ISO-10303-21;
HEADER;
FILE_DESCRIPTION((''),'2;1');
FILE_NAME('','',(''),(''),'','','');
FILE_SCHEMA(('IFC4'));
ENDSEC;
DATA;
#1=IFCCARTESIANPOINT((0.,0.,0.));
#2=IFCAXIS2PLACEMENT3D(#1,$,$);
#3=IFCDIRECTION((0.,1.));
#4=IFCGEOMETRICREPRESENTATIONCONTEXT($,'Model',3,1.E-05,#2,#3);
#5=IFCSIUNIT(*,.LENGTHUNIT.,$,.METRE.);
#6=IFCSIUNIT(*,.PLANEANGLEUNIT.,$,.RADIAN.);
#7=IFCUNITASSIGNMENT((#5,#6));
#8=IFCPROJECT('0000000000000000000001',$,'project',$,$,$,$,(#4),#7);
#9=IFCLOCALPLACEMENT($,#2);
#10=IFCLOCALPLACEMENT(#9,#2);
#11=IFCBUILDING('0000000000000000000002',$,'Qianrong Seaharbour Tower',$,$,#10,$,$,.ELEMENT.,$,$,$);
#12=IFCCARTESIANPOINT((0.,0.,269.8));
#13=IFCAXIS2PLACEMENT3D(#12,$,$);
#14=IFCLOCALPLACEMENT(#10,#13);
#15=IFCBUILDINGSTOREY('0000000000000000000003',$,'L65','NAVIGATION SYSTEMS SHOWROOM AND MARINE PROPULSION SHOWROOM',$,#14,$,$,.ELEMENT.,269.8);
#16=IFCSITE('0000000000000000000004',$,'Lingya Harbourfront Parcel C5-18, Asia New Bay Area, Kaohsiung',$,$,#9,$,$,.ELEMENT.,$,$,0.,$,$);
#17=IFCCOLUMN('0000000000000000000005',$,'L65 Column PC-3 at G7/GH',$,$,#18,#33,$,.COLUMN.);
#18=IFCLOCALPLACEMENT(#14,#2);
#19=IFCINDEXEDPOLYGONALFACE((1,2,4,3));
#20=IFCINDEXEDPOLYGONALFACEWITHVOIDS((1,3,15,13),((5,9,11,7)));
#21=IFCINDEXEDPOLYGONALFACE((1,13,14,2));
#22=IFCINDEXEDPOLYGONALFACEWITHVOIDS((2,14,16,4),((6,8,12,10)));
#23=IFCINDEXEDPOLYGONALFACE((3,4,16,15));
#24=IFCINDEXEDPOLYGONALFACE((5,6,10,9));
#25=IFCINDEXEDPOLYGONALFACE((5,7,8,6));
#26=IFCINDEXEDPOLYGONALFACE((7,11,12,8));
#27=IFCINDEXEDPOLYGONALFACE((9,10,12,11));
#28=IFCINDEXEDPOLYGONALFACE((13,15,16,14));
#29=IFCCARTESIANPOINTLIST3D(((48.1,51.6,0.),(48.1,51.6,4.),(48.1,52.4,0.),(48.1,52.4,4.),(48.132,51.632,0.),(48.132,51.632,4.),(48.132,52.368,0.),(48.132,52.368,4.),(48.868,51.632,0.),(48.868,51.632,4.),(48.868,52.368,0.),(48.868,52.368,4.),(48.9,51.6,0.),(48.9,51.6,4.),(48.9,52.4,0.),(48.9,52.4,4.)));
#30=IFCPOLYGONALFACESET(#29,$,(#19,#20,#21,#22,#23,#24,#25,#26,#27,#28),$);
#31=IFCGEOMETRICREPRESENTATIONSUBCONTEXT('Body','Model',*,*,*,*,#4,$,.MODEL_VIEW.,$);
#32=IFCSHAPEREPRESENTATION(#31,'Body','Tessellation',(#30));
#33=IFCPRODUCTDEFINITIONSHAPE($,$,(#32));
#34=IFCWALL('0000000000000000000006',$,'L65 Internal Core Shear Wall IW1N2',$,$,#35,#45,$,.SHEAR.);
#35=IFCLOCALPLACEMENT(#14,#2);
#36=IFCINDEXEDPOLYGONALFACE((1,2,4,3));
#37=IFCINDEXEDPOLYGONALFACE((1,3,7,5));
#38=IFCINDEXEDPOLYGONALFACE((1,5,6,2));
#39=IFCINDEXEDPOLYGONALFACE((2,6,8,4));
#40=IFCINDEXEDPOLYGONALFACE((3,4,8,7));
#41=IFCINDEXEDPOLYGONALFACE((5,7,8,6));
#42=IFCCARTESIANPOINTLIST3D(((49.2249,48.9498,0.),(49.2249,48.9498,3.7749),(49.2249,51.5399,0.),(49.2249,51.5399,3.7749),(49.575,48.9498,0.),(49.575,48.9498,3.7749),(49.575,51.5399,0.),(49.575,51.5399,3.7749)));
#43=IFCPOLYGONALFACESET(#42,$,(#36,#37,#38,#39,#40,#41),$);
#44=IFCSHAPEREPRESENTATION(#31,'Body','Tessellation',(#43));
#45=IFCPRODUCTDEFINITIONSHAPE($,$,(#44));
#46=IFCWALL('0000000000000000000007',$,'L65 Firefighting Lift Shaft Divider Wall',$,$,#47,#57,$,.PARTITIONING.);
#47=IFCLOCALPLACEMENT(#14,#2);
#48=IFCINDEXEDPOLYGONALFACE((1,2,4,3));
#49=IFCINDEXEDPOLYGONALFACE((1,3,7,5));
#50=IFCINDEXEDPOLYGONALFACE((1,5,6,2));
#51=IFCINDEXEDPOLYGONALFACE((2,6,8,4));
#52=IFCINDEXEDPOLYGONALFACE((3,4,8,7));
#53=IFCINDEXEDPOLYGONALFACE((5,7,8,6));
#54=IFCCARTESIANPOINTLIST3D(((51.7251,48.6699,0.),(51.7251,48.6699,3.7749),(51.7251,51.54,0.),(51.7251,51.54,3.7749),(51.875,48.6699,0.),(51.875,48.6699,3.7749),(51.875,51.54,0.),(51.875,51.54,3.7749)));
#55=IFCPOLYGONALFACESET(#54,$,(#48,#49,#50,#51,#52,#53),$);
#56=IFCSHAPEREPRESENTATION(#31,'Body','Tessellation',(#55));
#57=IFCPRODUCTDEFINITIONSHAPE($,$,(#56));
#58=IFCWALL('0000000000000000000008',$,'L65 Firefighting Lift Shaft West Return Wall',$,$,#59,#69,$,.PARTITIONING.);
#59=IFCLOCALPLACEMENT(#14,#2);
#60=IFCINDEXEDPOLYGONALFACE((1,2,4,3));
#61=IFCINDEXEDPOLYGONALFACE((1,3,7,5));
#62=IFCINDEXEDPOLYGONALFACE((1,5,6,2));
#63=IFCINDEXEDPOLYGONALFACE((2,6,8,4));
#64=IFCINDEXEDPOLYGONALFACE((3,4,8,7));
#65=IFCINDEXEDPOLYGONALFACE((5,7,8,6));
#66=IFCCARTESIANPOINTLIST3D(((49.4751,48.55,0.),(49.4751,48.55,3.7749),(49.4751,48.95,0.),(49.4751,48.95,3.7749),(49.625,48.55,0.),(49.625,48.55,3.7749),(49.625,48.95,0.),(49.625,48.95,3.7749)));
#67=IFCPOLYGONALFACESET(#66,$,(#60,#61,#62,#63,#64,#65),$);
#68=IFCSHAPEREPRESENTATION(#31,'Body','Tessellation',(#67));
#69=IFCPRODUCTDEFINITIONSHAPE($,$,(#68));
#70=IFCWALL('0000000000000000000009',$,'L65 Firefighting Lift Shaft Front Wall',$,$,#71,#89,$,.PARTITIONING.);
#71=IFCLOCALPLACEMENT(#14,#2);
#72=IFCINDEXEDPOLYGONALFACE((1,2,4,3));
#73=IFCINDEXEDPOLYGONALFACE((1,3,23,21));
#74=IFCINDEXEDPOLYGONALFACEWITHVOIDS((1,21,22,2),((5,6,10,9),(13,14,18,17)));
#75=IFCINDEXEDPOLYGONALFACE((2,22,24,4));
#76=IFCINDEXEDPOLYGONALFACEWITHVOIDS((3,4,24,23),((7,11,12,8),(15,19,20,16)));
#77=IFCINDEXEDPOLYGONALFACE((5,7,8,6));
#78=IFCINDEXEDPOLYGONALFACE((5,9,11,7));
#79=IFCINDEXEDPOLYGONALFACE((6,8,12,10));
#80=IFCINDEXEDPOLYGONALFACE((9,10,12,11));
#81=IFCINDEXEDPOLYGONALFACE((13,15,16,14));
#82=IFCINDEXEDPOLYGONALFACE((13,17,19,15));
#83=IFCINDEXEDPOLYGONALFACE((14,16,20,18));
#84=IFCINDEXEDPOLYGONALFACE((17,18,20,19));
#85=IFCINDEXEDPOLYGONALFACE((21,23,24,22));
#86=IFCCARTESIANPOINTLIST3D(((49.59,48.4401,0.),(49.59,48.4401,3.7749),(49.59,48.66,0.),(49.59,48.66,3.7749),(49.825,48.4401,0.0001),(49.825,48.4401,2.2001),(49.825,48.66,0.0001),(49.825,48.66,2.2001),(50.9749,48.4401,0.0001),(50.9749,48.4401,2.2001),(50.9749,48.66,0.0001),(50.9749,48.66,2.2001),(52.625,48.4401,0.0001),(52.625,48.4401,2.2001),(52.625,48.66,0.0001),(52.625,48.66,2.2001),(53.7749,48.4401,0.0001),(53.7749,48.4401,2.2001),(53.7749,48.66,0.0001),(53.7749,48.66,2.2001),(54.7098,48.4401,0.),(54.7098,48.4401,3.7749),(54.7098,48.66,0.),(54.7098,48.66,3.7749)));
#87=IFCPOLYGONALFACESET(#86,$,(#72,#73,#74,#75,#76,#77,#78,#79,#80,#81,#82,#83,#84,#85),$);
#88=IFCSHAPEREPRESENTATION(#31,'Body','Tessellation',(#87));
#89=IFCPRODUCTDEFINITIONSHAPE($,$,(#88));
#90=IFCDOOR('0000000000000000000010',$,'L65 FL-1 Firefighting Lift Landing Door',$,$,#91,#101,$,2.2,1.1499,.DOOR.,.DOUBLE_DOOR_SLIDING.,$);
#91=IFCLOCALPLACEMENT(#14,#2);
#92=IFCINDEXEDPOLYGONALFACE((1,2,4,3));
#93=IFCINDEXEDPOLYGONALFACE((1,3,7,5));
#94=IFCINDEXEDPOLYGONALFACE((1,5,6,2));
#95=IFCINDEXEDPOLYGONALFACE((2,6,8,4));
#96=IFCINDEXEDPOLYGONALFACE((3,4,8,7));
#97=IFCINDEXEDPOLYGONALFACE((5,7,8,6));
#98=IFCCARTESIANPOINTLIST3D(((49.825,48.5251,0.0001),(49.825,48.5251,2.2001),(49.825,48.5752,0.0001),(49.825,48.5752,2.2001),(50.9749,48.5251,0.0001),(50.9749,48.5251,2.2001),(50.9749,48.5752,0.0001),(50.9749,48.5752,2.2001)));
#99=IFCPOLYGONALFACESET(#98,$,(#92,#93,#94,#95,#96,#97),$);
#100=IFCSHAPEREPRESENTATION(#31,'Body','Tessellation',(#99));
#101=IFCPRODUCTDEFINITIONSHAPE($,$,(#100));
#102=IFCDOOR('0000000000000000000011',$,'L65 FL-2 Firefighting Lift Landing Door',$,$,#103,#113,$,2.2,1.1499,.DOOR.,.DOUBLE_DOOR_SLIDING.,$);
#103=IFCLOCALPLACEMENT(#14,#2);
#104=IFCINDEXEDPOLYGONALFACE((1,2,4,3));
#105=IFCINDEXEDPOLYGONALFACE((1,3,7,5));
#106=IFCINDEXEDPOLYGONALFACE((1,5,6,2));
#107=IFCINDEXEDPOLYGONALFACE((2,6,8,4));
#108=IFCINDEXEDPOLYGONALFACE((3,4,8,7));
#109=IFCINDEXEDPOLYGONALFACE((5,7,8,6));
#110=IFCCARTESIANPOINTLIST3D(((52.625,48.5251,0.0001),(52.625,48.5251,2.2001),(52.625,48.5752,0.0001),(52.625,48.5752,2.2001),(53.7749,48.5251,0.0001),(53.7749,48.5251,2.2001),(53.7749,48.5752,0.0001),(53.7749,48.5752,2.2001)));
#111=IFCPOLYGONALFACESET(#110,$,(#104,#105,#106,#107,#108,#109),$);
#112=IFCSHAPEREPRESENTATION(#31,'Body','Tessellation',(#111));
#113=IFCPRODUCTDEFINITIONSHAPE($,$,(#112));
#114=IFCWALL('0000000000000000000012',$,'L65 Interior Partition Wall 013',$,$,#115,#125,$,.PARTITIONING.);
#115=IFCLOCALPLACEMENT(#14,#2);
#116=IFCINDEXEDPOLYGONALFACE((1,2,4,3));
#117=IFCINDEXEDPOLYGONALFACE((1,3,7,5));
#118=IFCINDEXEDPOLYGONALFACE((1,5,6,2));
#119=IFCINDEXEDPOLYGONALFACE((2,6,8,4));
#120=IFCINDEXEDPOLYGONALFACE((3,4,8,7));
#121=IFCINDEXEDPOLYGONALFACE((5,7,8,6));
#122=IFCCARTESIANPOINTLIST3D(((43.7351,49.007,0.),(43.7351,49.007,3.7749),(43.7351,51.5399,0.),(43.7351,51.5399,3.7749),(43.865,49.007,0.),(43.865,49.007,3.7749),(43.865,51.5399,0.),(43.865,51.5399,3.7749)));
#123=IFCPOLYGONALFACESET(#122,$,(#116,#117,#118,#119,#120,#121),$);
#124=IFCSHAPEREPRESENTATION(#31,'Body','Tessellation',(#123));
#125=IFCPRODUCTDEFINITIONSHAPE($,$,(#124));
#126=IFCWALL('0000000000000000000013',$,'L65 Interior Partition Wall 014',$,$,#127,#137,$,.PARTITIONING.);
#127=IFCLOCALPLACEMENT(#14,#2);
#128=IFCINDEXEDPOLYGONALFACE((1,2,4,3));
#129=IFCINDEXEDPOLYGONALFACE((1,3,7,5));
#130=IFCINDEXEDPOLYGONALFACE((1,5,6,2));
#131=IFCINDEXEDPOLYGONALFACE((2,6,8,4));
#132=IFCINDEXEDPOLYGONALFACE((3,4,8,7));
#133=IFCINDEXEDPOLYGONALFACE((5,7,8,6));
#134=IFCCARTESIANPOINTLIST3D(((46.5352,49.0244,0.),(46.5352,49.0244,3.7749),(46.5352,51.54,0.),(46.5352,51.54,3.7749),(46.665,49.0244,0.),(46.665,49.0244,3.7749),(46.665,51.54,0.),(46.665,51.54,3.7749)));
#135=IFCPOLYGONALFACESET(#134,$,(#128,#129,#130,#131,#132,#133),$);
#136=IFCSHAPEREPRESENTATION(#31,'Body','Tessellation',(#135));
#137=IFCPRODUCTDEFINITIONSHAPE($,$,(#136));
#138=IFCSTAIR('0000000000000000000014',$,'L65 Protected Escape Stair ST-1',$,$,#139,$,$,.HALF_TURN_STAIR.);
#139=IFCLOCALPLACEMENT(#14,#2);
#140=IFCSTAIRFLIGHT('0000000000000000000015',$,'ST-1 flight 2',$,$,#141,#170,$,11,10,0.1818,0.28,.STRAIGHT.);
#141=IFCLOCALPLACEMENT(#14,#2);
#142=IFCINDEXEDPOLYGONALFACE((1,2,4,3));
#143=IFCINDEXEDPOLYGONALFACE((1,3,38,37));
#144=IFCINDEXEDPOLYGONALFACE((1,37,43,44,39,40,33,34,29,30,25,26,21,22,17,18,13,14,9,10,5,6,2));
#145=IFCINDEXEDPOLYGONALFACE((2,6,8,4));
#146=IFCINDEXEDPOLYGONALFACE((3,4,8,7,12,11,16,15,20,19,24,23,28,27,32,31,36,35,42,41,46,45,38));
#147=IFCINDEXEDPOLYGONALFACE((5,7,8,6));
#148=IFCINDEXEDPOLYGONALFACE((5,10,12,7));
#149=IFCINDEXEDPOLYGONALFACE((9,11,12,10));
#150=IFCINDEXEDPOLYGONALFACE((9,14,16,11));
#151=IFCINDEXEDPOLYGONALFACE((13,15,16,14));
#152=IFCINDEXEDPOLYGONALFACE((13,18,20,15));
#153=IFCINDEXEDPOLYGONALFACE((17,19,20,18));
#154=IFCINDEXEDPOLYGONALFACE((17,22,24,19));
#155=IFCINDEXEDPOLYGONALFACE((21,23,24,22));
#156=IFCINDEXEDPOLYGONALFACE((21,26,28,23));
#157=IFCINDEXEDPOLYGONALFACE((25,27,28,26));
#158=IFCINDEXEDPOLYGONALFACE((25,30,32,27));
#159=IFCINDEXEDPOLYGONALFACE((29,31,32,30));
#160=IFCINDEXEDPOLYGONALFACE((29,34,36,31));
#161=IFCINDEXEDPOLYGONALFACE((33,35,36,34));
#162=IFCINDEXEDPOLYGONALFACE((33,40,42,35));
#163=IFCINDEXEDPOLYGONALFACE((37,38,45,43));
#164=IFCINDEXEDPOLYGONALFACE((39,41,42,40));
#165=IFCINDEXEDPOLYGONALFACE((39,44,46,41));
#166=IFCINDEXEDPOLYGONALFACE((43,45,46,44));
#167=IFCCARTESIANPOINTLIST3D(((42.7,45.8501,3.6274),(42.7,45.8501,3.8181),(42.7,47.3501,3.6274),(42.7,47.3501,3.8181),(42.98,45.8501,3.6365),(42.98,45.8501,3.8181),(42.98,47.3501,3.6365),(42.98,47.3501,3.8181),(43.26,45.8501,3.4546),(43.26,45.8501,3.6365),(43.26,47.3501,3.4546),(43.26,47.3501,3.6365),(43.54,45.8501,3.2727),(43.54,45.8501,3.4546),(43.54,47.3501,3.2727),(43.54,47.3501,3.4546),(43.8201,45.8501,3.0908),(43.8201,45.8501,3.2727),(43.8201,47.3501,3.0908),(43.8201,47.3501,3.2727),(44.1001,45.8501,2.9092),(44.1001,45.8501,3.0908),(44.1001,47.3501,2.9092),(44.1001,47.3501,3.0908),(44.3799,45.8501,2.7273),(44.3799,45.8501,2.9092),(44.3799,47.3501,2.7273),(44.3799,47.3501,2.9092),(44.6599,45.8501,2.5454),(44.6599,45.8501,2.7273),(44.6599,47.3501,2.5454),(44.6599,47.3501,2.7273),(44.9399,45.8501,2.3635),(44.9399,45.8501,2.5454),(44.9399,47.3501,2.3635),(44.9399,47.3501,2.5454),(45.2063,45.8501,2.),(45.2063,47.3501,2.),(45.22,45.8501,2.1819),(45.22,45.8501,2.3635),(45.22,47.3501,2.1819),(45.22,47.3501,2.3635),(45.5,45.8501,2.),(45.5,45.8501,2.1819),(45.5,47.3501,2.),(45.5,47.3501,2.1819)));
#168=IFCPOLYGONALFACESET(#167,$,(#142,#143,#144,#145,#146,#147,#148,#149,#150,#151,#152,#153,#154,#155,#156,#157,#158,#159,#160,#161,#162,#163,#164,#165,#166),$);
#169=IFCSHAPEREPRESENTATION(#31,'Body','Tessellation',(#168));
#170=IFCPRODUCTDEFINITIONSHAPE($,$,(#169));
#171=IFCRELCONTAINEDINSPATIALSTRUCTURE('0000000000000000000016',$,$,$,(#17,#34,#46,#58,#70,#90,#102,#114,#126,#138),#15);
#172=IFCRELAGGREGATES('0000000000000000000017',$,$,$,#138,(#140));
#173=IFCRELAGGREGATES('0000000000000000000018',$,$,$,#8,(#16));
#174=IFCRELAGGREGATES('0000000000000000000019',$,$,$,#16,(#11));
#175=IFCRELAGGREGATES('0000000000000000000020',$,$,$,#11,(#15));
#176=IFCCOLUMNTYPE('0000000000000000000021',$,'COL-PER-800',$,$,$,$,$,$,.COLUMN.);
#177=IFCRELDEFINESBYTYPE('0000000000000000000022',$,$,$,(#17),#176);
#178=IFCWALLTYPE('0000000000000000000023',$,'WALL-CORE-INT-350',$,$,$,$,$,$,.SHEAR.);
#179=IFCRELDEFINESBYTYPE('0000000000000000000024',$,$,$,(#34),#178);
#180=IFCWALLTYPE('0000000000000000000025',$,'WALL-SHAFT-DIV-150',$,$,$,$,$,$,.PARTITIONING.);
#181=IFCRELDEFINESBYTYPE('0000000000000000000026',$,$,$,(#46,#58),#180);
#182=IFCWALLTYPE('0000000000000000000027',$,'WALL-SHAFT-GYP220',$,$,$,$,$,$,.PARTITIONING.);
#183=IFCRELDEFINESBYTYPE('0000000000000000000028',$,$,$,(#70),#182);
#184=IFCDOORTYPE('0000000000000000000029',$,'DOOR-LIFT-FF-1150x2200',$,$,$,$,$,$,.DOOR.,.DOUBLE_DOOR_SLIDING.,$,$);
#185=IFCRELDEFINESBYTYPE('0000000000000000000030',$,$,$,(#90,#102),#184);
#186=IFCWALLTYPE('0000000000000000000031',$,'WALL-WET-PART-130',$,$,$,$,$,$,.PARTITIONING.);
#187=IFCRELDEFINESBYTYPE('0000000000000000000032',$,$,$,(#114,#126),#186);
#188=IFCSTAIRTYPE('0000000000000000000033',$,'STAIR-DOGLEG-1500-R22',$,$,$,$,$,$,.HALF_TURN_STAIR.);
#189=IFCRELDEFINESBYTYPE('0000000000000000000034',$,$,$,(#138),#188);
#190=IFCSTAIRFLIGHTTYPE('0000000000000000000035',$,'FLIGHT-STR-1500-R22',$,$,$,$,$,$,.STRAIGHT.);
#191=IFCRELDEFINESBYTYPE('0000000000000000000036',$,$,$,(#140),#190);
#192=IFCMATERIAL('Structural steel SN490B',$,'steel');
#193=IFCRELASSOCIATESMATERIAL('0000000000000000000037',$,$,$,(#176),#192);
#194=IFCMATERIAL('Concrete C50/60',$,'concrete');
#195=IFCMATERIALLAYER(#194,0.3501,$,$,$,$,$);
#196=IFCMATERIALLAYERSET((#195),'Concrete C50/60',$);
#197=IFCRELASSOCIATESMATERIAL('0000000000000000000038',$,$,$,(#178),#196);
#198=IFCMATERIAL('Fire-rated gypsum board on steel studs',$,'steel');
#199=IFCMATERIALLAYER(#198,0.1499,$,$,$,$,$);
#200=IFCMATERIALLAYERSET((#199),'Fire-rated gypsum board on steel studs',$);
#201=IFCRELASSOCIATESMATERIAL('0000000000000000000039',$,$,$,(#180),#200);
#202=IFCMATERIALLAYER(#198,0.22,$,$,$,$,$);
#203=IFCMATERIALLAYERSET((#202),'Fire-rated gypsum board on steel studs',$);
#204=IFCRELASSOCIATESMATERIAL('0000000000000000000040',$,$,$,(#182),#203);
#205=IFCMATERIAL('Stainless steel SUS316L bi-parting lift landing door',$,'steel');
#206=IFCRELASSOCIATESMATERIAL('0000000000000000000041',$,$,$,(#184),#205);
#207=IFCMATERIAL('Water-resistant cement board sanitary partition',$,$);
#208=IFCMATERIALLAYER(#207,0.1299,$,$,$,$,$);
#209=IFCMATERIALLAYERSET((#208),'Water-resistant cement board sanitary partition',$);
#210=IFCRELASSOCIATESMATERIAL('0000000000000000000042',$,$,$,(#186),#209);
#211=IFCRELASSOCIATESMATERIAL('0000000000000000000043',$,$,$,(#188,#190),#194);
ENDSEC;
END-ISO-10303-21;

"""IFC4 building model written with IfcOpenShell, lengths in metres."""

from ifc_helpers import new_model, si_unit, direction, frame, frame_2d, origin, origin_2d, place, context, subcontext, project, spatial, polyline, rectangle, hollow_rectangle, outline, extrude, material, layer, layer_set, material_profile, profile_set, type_object, element, fill, aggregate, save


model = new_model("IFC4")

# Units and contexts
model_context = context("Model", 3, precision=1e-05, world=origin(), true_north=direction((0.0, 1.0)))
body_context = subcontext(model_context, "Body", "Model", "MODEL_VIEW")
ifc_project = project(units=[si_unit("LENGTHUNIT", "METRE"), si_unit("PLANEANGLEUNIT", "RADIAN")], contexts=[model_context])

# Site, building, storey
site_placement = place(None, origin())
site = spatial("IfcSite", under=ifc_project, at=site_placement, Name="Lingya Harbourfront Parcel C5-18, Asia New Bay Area, Kaohsiung", CompositionType="ELEMENT", RefElevation=0.0)
building_placement = place(site_placement, origin())
building = spatial("IfcBuilding", under=site, at=building_placement, Name="Qianrong Seaharbour Tower", CompositionType="ELEMENT")
storey_placement = place(building_placement, frame((0.0, 0.0, 269.8)))
storey = spatial("IfcBuildingStorey", under=building, at=storey_placement, Name="L65", Description="NAVIGATION SYSTEMS SHOWROOM AND MARINE PROPULSION SHOWROOM", CompositionType="ELEMENT", Elevation=269.8)

# Column
ifc_material_1 = material(Name="Structural steel SN490B", Category="steel")
ifc_material_profile = material_profile(ifc_material_1, hollow_rectangle(XDim=0.8, YDim=0.8, WallThickness=0.032, at=origin_2d()), Name="BOX800x800x32")
ifc_profile_set = profile_set([ifc_material_profile], Name="Structural steel SN490B")
column_type = type_object("IfcColumnType", Name="COL-PER-800", PredefinedType="COLUMN", material=ifc_profile_set)
column_placement = place(storey_placement, frame((48.5, 52.0, 0.0), z_axis=(0.0, 0.0, 1.0), x_axis=(1.0, 0.0, 0.0)))
element("IfcColumn", 1, at=column_placement, inside=storey, type_object=column_type, Name="L65 Column PC-3 at G7/GH", PredefinedType="COLUMN", context=body_context, shape_type="SweptSolid", body=[
    extrude(hollow_rectangle(XDim=0.8, YDim=0.8, WallThickness=0.032, at=origin_2d()), origin(), (0.0, 0.0, 1.0), 4.0),
])

# Wall
ifc_material_2 = material(Name="Concrete C50/60", Category="concrete")
ifc_layer_1 = layer(ifc_material_2, 0.3501)
ifc_layer_set_1 = layer_set([ifc_layer_1], Name="Concrete C50/60")
wall_type_1 = type_object("IfcWallType", Name="WALL-CORE-INT-350", PredefinedType="SHEAR", material=ifc_layer_set_1)
wall_1_placement = place(storey_placement, frame((49.3999, 48.95, 0.0), z_axis=(0.0, 0.0, 1.0), x_axis=(0.0, 1.0, 0.0)))
element("IfcWall", 2, at=wall_1_placement, inside=storey, type_object=wall_type_1, Name="L65 Internal Core Shear Wall IW1N2", PredefinedType="SHEAR", context=body_context, shape_type="SweptSolid", body=[
    extrude(rectangle(XDim=2.5901, YDim=0.3501, at=frame_2d((1.2949, 0.0))), origin(), (0.0, 0.0, 1.0), 3.7749),
])

# Walls
ifc_material_3 = material(Name="Fire-rated gypsum board on steel studs", Category="steel")
ifc_layer_2 = layer(ifc_material_3, 0.1499)
ifc_layer_set_2 = layer_set([ifc_layer_2], Name="Fire-rated gypsum board on steel studs")
wall_type_2 = type_object("IfcWallType", Name="WALL-SHAFT-DIV-150", PredefinedType="PARTITIONING", material=ifc_layer_set_2)
wall_2_placement = place(storey_placement, frame((51.8, 48.6699, 0.0), z_axis=(0.0, 0.0, 1.0), x_axis=(0.0, 1.0, 0.0)))
element("IfcWall", 3, at=wall_2_placement, inside=storey, type_object=wall_type_2, Name="L65 Firefighting Lift Shaft Divider Wall", PredefinedType="PARTITIONING", context=body_context, shape_type="SweptSolid", body=[
    extrude(rectangle(XDim=2.8701, YDim=0.1499, at=frame_2d((1.4351, 0.0))), origin(), (0.0, 0.0, 1.0), 3.7749),
])
wall_3_placement = place(storey_placement, frame((49.55, 48.55, 0.0), z_axis=(0.0, 0.0, 1.0), x_axis=(0.0, 1.0, 0.0)))
element("IfcWall", 4, at=wall_3_placement, inside=storey, type_object=wall_type_2, Name="L65 Firefighting Lift Shaft West Return Wall", PredefinedType="PARTITIONING", context=body_context, shape_type="SweptSolid", body=[
    extrude(rectangle(XDim=0.3999, YDim=0.1499, at=frame_2d((0.2, 0.0))), origin(), (0.0, 0.0, 1.0), 3.7749),
])

# Wall, openings, doors
ifc_layer_3 = layer(ifc_material_3, 0.22)
ifc_layer_set_3 = layer_set([ifc_layer_3], Name="Fire-rated gypsum board on steel studs")
wall_type_3 = type_object("IfcWallType", Name="WALL-SHAFT-GYP220", PredefinedType="PARTITIONING", material=ifc_layer_set_3)
wall_4_placement = place(storey_placement, frame((54.71, 48.55, 0.0), z_axis=(0.0, 0.0, 1.0), x_axis=(-1.0, 0.0, 0.0)))
wall_4 = element("IfcWall", 5, at=wall_4_placement, inside=storey, type_object=wall_type_3, Name="L65 Firefighting Lift Shaft Front Wall", PredefinedType="PARTITIONING", context=body_context, shape_type="SweptSolid", body=[
    extrude(rectangle(XDim=5.1199, YDim=0.22, at=frame_2d((2.5601, 0.0))), origin(), (0.0, 0.0, 1.0), 3.7749),
])
opening_1_placement = place(wall_4_placement, frame((3.7351, 0.0, 0.0)))
opening_1 = element("IfcOpeningElement", 6, at=opening_1_placement, cuts=wall_4, PredefinedType="OPENING", context=body_context, shape_type="SweptSolid", body=[
    extrude(rectangle(XDim=1.1499, YDim=2.2, at=frame_2d((0.575, 1.1001))), frame((0.0, 0.1201, 0.0), z_axis=(0.0, -1.0, 0.0), x_axis=(1.0, 0.0, 0.0)), (0.0, 0.0, 1.0), 0.24),
])
opening_2_placement = place(wall_4_placement, frame((0.9351, 0.0, 0.0)))
opening_2 = element("IfcOpeningElement", 7, at=opening_2_placement, cuts=wall_4, PredefinedType="OPENING", context=body_context, shape_type="SweptSolid", body=[
    extrude(rectangle(XDim=1.1499, YDim=2.2, at=frame_2d((0.575, 1.1001))), frame((0.0, 0.1201, 0.0), z_axis=(0.0, -1.0, 0.0), x_axis=(1.0, 0.0, 0.0)), (0.0, 0.0, 1.0), 0.24),
])
ifc_material_4 = material(Name="Stainless steel SUS316L bi-parting lift landing door", Category="steel")
door_type_1 = type_object("IfcDoorType", Name="DOOR-LIFT-FF-1150x2200", OperationType="DOUBLE_DOOR_SLIDING", PredefinedType="DOOR", material=ifc_material_4)
door_1_placement = place(opening_1_placement, origin())
door_1 = element("IfcDoor", 8, at=door_1_placement, inside=storey, type_object=door_type_1, Name="L65 FL-1 Firefighting Lift Landing Door", OperationType="DOUBLE_DOOR_SLIDING", OverallHeight=2.2, OverallWidth=1.1499, PredefinedType="DOOR", context=body_context, shape_type="SweptSolid", body=[
    extrude(rectangle(XDim=1.1499, YDim=2.2, at=frame_2d((0.575, 1.1001))), frame((0.0, 0.0249, 0.0), z_axis=(0.0, -1.0, 0.0), x_axis=(1.0, 0.0, 0.0)), (0.0, 0.0, 1.0), 0.05),
])
fill(opening_1, door_1)
door_2_placement = place(opening_2_placement, origin())
door_2 = element("IfcDoor", 9, at=door_2_placement, inside=storey, type_object=door_type_1, Name="L65 FL-2 Firefighting Lift Landing Door", OperationType="DOUBLE_DOOR_SLIDING", OverallHeight=2.2, OverallWidth=1.1499, PredefinedType="DOOR", context=body_context, shape_type="SweptSolid", body=[
    extrude(rectangle(XDim=1.1499, YDim=2.2, at=frame_2d((0.575, 1.1001))), frame((0.0, 0.0249, 0.0), z_axis=(0.0, -1.0, 0.0), x_axis=(1.0, 0.0, 0.0)), (0.0, 0.0, 1.0), 0.05),
])
fill(opening_2, door_2)

# Shared definitions
ifc_material_5 = material(Name="Water-resistant cement board sanitary partition")
ifc_layer_4 = layer(ifc_material_5, 0.1299)
ifc_layer_set_4 = layer_set([ifc_layer_4], Name="Water-resistant cement board sanitary partition")
wall_type_4 = type_object("IfcWallType", Name="WALL-WET-PART-130", PredefinedType="PARTITIONING", material=ifc_layer_set_4)

# Walls
wall_5_placement = place(storey_placement, frame((43.8, 51.54, 0.0), z_axis=(0.0, 0.0, 1.0), x_axis=(0.0, -1.0, 0.0)))
element("IfcWall", 10, at=wall_5_placement, inside=storey, type_object=wall_type_4, Name="L65 Interior Partition Wall 013", PredefinedType="PARTITIONING", context=body_context, shape_type="SweptSolid", body=[
    extrude(rectangle(XDim=2.533, YDim=0.1299, at=frame_2d((1.2666, 0.0))), origin(), (0.0, 0.0, 1.0), 3.7749),
])
wall_6_placement = place(storey_placement, frame((46.6001, 51.54, 0.0), z_axis=(0.0, 0.0, 1.0), x_axis=(0.0, -1.0, 0.0)))
element("IfcWall", 11, at=wall_6_placement, inside=storey, type_object=wall_type_4, Name="L65 Interior Partition Wall 014", PredefinedType="PARTITIONING", context=body_context, shape_type="SweptSolid", body=[
    extrude(rectangle(XDim=2.5156, YDim=0.1299, at=frame_2d((1.2578, 0.0))), origin(), (0.0, 0.0, 1.0), 3.7749),
])

# Stair, stair flight
stair_type = type_object("IfcStairType", Name="STAIR-DOGLEG-1500-R22", PredefinedType="HALF_TURN_STAIR", material=ifc_material_2)
stair_placement = place(storey_placement, origin())
stair = element("IfcStair", 12, at=stair_placement, inside=storey, type_object=stair_type, Name="L65 Protected Escape Stair ST-1", PredefinedType="HALF_TURN_STAIR")
stair_flight_type = type_object("IfcStairFlightType", Name="FLIGHT-STR-1500-R22", PredefinedType="STRAIGHT", material=ifc_material_2)
stair_flight_placement = place(storey_placement, frame((45.5, 46.6001, 2.0), z_axis=(0.0, 0.0, 1.0), x_axis=(-1.0, 0.0, 0.0)))
stair_flight = element("IfcStairFlight", 13, at=stair_flight_placement, type_object=stair_flight_type, Name="ST-1 flight 2", NumberOfRisers=11, NumberOfTreads=10, PredefinedType="STRAIGHT", RiserHeight=0.1818, TreadLength=0.28, context=body_context, shape_type="SweptSolid", body=[
    extrude(outline(polyline([(0.0, 0.0), (0.0, 0.1819), (0.28, 0.1819), (0.28, 0.3635), (0.5601, 0.3635), (0.5601, 0.5454), (0.8401, 0.5454), (0.8401, 0.7273), (1.1201, 0.7273), (1.1201, 0.9092), (1.3999, 0.9092), (1.3999, 1.0908), (1.6799, 1.0908), (1.6799, 1.2727), (1.96, 1.2727), (1.96, 1.4546), (2.24, 1.4546), (2.24, 1.6365), (2.52, 1.6365), (2.52, 1.8181), (2.8, 1.8181), (2.8, 2.0), (2.8, 1.6274), (0.2937, 0.0), (0.0, 0.0)])), frame((0.0, 0.75, 0.0), z_axis=(0.0, -1.0, 0.0), x_axis=(1.0, 0.0, 0.0)), (0.0, 0.0, 1.0), 1.5),
])
aggregate(stair, [stair_flight])

save(model, "model.ifc")
